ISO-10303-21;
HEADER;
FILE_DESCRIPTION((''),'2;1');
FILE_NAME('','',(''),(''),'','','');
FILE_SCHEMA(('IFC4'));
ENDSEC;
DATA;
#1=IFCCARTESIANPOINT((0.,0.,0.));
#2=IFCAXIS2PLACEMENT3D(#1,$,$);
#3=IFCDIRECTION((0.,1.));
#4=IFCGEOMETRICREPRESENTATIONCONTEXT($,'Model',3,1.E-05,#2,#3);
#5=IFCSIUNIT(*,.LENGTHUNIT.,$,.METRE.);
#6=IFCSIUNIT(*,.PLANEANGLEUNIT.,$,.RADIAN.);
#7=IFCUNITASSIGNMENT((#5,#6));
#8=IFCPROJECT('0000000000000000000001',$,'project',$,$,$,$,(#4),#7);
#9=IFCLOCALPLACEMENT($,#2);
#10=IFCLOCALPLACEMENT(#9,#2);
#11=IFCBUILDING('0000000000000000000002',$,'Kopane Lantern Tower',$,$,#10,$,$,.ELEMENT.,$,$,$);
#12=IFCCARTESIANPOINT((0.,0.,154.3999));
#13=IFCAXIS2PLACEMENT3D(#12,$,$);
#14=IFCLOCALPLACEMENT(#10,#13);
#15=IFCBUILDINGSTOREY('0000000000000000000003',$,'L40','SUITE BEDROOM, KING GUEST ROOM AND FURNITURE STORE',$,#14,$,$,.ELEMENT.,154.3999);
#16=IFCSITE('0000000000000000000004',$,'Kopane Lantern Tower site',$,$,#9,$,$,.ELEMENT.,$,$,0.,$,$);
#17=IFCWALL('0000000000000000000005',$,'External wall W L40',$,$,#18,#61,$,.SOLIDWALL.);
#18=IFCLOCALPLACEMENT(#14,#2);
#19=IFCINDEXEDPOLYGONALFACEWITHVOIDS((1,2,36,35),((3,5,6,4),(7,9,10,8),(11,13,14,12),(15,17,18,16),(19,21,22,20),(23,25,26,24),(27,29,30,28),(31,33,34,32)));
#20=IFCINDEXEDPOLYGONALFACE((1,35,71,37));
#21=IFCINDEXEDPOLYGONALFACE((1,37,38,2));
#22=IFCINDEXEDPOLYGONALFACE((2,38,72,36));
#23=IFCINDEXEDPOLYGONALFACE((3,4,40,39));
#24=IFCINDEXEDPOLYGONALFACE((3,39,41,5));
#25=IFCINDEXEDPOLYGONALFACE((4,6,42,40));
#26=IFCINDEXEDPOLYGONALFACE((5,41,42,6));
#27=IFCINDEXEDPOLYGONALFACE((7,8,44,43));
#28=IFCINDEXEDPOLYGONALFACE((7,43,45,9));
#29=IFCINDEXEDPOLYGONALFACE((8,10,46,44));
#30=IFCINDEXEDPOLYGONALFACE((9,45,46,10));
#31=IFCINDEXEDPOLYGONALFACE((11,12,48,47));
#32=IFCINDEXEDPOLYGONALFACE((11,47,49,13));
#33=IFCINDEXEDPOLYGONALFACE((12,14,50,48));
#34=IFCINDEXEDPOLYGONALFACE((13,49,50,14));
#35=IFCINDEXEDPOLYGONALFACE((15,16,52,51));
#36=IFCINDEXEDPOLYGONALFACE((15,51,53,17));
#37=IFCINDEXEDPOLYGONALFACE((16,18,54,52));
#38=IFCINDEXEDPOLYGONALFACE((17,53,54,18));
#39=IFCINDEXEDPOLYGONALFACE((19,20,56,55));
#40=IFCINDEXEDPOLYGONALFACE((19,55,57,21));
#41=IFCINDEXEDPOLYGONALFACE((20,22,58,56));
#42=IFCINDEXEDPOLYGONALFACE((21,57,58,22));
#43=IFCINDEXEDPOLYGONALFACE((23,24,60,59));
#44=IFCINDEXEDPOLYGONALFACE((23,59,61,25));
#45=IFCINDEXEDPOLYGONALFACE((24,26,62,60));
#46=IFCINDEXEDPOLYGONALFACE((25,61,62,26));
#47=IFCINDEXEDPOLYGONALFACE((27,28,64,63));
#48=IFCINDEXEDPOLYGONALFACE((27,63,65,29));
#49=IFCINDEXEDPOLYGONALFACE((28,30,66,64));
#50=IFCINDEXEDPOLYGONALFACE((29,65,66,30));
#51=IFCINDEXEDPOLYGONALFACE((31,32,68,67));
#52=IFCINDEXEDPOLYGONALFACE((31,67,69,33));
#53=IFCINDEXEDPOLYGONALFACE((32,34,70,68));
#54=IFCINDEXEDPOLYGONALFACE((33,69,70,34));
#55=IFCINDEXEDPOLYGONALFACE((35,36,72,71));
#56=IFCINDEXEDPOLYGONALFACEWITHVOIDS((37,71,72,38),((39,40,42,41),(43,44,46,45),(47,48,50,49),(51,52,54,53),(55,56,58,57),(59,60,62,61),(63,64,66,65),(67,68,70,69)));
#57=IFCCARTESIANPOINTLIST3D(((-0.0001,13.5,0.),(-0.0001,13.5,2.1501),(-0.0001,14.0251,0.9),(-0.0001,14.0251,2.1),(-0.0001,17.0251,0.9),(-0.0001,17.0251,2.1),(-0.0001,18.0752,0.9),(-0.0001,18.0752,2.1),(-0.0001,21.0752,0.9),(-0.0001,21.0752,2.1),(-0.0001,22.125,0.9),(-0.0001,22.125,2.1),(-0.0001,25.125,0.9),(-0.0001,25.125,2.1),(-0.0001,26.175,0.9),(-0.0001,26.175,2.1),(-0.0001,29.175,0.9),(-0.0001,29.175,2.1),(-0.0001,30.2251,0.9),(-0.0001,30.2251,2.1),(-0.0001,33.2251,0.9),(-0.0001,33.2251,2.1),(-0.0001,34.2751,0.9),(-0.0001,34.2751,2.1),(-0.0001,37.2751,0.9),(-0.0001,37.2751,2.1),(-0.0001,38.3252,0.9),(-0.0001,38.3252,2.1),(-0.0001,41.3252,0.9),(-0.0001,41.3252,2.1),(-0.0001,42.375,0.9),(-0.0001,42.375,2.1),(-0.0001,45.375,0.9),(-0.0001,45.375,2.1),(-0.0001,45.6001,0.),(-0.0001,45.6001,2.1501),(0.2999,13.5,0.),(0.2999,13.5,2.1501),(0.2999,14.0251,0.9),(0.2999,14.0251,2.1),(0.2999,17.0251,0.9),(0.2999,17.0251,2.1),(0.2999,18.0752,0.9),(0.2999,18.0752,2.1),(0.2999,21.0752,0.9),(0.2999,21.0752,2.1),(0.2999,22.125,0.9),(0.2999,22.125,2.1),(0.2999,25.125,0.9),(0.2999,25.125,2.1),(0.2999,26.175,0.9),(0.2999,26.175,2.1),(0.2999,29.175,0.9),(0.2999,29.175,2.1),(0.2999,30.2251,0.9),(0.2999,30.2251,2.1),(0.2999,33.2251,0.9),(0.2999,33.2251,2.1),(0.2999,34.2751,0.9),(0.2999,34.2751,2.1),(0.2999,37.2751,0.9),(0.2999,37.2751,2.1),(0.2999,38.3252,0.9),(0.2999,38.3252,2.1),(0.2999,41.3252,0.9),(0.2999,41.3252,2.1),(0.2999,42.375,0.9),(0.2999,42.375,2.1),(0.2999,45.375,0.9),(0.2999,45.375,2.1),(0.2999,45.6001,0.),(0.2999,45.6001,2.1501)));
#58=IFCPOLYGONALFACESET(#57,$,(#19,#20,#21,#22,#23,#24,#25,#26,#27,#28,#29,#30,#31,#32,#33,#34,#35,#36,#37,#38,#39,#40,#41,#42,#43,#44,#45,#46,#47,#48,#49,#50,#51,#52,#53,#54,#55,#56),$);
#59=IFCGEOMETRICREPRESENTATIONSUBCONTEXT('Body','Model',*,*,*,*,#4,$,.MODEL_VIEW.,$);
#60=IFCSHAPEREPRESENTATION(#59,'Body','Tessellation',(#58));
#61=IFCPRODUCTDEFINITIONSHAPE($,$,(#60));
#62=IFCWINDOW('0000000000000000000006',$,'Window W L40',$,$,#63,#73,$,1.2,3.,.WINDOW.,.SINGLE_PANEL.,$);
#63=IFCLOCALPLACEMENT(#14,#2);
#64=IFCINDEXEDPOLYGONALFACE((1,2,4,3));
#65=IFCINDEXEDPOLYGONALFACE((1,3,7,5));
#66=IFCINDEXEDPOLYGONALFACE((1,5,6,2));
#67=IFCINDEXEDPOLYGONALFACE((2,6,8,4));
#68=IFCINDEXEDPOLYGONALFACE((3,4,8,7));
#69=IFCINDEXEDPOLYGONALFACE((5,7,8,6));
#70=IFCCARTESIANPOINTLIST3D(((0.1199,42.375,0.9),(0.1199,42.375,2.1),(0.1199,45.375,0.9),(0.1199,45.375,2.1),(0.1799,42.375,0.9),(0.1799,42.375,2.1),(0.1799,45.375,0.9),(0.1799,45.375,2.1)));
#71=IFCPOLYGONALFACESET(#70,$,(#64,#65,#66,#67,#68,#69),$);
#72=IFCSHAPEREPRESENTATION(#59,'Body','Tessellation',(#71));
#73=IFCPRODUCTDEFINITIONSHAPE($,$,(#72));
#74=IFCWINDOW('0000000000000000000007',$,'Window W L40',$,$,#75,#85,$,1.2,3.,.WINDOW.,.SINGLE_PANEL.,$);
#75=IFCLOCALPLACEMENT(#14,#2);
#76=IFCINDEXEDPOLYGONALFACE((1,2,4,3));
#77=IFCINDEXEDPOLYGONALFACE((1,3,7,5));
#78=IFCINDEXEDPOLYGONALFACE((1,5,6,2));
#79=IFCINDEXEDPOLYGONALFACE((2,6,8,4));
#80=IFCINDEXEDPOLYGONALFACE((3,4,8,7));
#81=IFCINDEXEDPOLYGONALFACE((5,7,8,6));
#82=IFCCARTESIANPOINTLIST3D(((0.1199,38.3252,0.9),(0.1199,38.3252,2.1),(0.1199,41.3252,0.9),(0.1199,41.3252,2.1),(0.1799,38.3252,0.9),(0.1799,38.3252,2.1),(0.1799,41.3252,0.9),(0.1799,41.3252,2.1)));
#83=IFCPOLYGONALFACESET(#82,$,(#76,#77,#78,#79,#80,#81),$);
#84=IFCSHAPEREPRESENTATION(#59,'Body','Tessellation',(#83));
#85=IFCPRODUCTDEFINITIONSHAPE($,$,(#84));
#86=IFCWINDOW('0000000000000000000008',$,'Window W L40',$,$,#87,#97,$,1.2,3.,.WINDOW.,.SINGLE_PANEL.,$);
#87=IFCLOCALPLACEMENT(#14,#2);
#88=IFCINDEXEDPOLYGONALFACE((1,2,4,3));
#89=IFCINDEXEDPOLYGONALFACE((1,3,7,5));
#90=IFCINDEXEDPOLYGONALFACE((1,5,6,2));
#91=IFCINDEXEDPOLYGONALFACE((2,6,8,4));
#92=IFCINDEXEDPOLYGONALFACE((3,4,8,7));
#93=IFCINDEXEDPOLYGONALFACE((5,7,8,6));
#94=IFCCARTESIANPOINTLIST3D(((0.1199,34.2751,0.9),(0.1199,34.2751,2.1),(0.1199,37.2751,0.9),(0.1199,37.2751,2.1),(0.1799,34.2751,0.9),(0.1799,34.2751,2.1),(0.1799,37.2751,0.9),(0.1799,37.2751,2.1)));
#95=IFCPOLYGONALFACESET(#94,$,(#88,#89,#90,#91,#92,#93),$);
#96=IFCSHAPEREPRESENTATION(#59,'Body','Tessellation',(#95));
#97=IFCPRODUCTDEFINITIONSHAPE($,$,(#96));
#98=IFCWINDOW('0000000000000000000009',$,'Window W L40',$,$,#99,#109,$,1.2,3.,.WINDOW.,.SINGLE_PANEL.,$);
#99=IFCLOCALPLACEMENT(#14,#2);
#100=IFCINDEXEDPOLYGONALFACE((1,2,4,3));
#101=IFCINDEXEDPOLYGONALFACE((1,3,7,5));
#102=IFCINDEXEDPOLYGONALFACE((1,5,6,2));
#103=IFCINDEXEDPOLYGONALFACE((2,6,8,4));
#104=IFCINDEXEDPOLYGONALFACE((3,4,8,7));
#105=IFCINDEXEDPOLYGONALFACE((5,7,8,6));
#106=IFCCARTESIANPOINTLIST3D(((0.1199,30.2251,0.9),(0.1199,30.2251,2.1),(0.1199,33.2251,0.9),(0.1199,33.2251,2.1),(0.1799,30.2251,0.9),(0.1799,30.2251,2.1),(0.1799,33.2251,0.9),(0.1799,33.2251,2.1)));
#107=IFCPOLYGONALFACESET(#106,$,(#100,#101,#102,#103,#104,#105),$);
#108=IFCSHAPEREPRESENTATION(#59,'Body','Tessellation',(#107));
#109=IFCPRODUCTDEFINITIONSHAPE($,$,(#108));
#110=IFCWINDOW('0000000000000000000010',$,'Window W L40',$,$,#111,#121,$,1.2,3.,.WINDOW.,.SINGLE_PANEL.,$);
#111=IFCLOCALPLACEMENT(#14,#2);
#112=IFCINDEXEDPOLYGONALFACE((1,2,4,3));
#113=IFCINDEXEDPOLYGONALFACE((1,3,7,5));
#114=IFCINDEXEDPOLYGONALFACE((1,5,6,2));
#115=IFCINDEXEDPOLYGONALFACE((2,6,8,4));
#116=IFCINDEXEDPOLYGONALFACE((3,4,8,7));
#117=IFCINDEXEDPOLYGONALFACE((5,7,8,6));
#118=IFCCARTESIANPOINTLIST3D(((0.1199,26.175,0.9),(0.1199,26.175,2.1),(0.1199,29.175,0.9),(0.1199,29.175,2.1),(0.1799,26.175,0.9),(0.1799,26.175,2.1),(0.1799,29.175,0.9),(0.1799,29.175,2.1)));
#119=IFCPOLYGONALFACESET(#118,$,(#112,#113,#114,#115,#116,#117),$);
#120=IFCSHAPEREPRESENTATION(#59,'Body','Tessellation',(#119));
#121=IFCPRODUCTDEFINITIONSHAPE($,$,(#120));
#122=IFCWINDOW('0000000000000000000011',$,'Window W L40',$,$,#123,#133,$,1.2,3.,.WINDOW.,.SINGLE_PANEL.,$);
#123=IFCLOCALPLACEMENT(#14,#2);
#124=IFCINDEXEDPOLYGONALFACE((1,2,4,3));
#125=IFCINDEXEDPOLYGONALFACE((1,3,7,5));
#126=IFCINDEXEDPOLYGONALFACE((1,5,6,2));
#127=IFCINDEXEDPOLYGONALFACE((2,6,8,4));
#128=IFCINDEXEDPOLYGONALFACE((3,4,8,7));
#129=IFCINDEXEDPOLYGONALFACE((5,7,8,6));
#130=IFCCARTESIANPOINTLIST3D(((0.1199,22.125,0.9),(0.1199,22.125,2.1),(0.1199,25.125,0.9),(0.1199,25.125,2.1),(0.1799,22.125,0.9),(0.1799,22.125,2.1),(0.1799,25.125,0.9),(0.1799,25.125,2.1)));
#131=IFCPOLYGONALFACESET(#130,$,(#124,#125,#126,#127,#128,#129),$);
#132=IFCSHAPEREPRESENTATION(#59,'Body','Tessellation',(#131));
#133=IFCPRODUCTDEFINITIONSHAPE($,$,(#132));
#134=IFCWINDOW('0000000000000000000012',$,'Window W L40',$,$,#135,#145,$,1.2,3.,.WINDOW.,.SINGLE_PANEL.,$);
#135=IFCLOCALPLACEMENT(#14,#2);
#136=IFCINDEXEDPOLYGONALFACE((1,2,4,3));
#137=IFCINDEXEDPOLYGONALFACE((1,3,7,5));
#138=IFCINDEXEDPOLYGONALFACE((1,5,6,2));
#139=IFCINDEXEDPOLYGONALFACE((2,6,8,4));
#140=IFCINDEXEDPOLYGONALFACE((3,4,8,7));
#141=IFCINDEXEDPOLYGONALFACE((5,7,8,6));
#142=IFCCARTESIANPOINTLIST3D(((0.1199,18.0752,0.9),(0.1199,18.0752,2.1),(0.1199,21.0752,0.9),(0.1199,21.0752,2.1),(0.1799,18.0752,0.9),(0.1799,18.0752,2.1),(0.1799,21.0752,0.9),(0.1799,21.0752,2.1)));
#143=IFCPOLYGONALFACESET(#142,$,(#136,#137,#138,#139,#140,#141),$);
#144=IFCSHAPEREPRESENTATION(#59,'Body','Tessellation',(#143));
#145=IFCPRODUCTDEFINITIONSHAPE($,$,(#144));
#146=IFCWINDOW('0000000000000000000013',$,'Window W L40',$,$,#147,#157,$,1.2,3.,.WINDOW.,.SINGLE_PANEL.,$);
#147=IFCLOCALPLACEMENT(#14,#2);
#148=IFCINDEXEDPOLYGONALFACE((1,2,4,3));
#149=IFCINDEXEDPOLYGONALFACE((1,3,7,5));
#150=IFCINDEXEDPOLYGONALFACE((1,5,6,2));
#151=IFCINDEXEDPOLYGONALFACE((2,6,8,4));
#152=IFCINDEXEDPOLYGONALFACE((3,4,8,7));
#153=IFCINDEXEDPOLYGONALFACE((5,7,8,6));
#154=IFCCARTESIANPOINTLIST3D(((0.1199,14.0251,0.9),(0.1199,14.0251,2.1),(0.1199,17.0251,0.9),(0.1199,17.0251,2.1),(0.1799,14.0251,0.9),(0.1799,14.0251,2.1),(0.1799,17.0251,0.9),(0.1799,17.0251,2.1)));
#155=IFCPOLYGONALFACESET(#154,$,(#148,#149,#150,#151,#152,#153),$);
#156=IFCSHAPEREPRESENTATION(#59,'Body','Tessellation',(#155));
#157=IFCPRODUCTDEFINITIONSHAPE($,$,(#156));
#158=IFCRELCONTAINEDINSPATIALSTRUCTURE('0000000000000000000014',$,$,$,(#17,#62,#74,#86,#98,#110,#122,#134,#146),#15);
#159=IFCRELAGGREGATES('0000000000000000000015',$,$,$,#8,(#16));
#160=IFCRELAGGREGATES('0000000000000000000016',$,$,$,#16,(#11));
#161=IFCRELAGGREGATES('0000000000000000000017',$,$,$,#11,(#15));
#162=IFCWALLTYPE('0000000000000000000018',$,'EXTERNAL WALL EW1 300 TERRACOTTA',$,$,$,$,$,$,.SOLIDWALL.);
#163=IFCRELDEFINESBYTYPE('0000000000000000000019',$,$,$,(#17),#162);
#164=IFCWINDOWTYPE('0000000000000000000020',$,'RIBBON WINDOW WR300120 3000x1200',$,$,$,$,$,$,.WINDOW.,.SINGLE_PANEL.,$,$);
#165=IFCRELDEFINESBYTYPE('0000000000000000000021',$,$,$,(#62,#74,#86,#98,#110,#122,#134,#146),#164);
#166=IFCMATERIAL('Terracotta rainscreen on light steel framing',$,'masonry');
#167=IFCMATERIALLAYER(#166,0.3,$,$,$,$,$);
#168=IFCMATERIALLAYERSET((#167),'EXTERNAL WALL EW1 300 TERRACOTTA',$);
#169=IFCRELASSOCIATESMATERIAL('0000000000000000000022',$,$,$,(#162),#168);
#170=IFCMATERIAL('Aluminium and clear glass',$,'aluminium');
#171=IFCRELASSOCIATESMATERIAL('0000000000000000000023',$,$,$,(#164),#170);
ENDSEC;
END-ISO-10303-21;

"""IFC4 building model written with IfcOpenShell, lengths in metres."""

from ifc_helpers import new_model, si_unit, direction, frame, frame_2d, origin, place, context, subcontext, project, spatial, rectangle, extrude, material, layer, layer_set, type_object, element, fill, save


model = new_model("IFC4")

# Units and contexts
model_context = context("Model", 3, precision=1e-05, world=origin(), true_north=direction((0.0, 1.0)))
body_context = subcontext(model_context, "Body", "Model", "MODEL_VIEW")
ifc_project = project(units=[si_unit("LENGTHUNIT", "METRE"), si_unit("PLANEANGLEUNIT", "RADIAN")], contexts=[model_context])

# Site, building, storey
site_placement = place(None, origin())
site = spatial("IfcSite", under=ifc_project, at=site_placement, Name="Kopane Lantern Tower site", CompositionType="ELEMENT", RefElevation=0.0)
building_placement = place(site_placement, origin())
building = spatial("IfcBuilding", under=site, at=building_placement, Name="Kopane Lantern Tower", CompositionType="ELEMENT")
storey_placement = place(building_placement, frame((0.0, 0.0, 154.3999)))
storey = spatial("IfcBuildingStorey", under=building, at=storey_placement, Name="L40", Description="SUITE BEDROOM, KING GUEST ROOM AND FURNITURE STORE", CompositionType="ELEMENT", Elevation=154.3999)

# Shared definitions
ifc_material_1 = material(Name="Terracotta rainscreen on light steel framing", Category="masonry")
ifc_layer_1 = layer(ifc_material_1, 0.3)
ifc_layer_set_1 = layer_set([ifc_layer_1], Name="EXTERNAL WALL EW1 300 TERRACOTTA")
wall_type_1 = type_object("IfcWallType", Name="EXTERNAL WALL EW1 300 TERRACOTTA", PredefinedType="SOLIDWALL", material=ifc_layer_set_1)
ifc_material_2 = material(Name="Aluminium and clear glass", Category="aluminium")
window_type = type_object("IfcWindowType", Name="RIBBON WINDOW WR300120 3000x1200", PartitioningType="SINGLE_PANEL", PredefinedType="WINDOW", material=ifc_material_2)

# Wall, openings, windows
wall_1_placement = place(storey_placement, frame((0.1499, 45.6001, 0.0), z_axis=(0.0, 0.0, 1.0), x_axis=(0.0, -1.0, 0.0)))
wall_1 = element("IfcWall", 1, at=wall_1_placement, inside=storey, type_object=wall_type_1, Name="External wall W L40", PredefinedType="SOLIDWALL", context=body_context, shape_type="SweptSolid", body=[
    extrude(rectangle(XDim=32.1001, YDim=0.3, at=frame_2d((16.05, 0.0))), origin(), (0.0, 0.0, 1.0), 2.1501),
])
opening_1_placement = place(wall_1_placement, frame((0.2251, 0.0, 0.8999)))
opening_1 = element("IfcOpeningElement", 2, at=opening_1_placement, cuts=wall_1, PredefinedType="OPENING", context=body_context, shape_type="SweptSolid", body=[
    extrude(rectangle(XDim=3.0, YDim=1.2, at=frame_2d((1.5, 0.6001))), frame((0.0, 0.1599, 0.0), z_axis=(0.0, -1.0, 0.0), x_axis=(1.0, 0.0, 0.0)), (0.0, 0.0, 1.0), 0.3201),
])
opening_2_placement = place(wall_1_placement, frame((4.2749, 0.0, 0.8999)))
opening_2 = element("IfcOpeningElement", 3, at=opening_2_placement, cuts=wall_1, PredefinedType="OPENING", context=body_context, shape_type="SweptSolid", body=[
    extrude(rectangle(XDim=3.0, YDim=1.2, at=frame_2d((1.5, 0.6001))), frame((0.0, 0.1599, 0.0), z_axis=(0.0, -1.0, 0.0), x_axis=(1.0, 0.0, 0.0)), (0.0, 0.0, 1.0), 0.3201),
])
opening_3_placement = place(wall_1_placement, frame((8.325, 0.0, 0.8999)))
opening_3 = element("IfcOpeningElement", 4, at=opening_3_placement, cuts=wall_1, PredefinedType="OPENING", context=body_context, shape_type="SweptSolid", body=[
    extrude(rectangle(XDim=3.0, YDim=1.2, at=frame_2d((1.5, 0.6001))), frame((0.0, 0.1599, 0.0), z_axis=(0.0, -1.0, 0.0), x_axis=(1.0, 0.0, 0.0)), (0.0, 0.0, 1.0), 0.3201),
])
opening_4_placement = place(wall_1_placement, frame((12.375, 0.0, 0.8999)))
opening_4 = element("IfcOpeningElement", 5, at=opening_4_placement, cuts=wall_1, PredefinedType="OPENING", context=body_context, shape_type="SweptSolid", body=[
    extrude(rectangle(XDim=3.0, YDim=1.2, at=frame_2d((1.5, 0.6001))), frame((0.0, 0.1599, 0.0), z_axis=(0.0, -1.0, 0.0), x_axis=(1.0, 0.0, 0.0)), (0.0, 0.0, 1.0), 0.3201),
])
opening_5_placement = place(wall_1_placement, frame((16.425, 0.0, 0.8999)))
opening_5 = element("IfcOpeningElement", 6, at=opening_5_placement, cuts=wall_1, PredefinedType="OPENING", context=body_context, shape_type="SweptSolid", body=[
    extrude(rectangle(XDim=3.0, YDim=1.2, at=frame_2d((1.5, 0.6001))), frame((0.0, 0.1599, 0.0), z_axis=(0.0, -1.0, 0.0), x_axis=(1.0, 0.0, 0.0)), (0.0, 0.0, 1.0), 0.3201),
])
opening_6_placement = place(wall_1_placement, frame((20.4751, 0.0, 0.8999)))
opening_6 = element("IfcOpeningElement", 7, at=opening_6_placement, cuts=wall_1, PredefinedType="OPENING", context=body_context, shape_type="SweptSolid", body=[
    extrude(rectangle(XDim=3.0, YDim=1.2, at=frame_2d((1.5, 0.6001))), frame((0.0, 0.1599, 0.0), z_axis=(0.0, -1.0, 0.0), x_axis=(1.0, 0.0, 0.0)), (0.0, 0.0, 1.0), 0.3201),
])
opening_7_placement = place(wall_1_placement, frame((24.5249, 0.0, 0.8999)))
opening_7 = element("IfcOpeningElement", 8, at=opening_7_placement, cuts=wall_1, PredefinedType="OPENING", context=body_context, shape_type="SweptSolid", body=[
    extrude(rectangle(XDim=3.0, YDim=1.2, at=frame_2d((1.5, 0.6001))), frame((0.0, 0.1599, 0.0), z_axis=(0.0, -1.0, 0.0), x_axis=(1.0, 0.0, 0.0)), (0.0, 0.0, 1.0), 0.3201),
])
opening_8_placement = place(wall_1_placement, frame((28.575, 0.0, 0.8999)))
opening_8 = element("IfcOpeningElement", 9, at=opening_8_placement, cuts=wall_1, PredefinedType="OPENING", context=body_context, shape_type="SweptSolid", body=[
    extrude(rectangle(XDim=3.0, YDim=1.2, at=frame_2d((1.5, 0.6001))), frame((0.0, 0.1599, 0.0), z_axis=(0.0, -1.0, 0.0), x_axis=(1.0, 0.0, 0.0)), (0.0, 0.0, 1.0), 0.3201),
])
window_1_placement = place(opening_1_placement, origin())
window_1 = element("IfcWindow", 10, at=window_1_placement, inside=storey, type_object=window_type, Name="Window W L40", OverallHeight=1.2, OverallWidth=3.0, PartitioningType="SINGLE_PANEL", PredefinedType="WINDOW", context=body_context, shape_type="SweptSolid", body=[
    extrude(rectangle(XDim=3.0, YDim=1.2, at=frame_2d((1.5, 0.6001))), frame((0.0, 0.03, 0.0), z_axis=(0.0, -1.0, 0.0), x_axis=(1.0, 0.0, 0.0)), (0.0, 0.0, 1.0), 0.0601),
])
fill(opening_1, window_1)
window_2_placement = place(opening_2_placement, origin())
window_2 = element("IfcWindow", 11, at=window_2_placement, inside=storey, type_object=window_type, Name="Window W L40", OverallHeight=1.2, OverallWidth=3.0, PartitioningType="SINGLE_PANEL", PredefinedType="WINDOW", context=body_context, shape_type="SweptSolid", body=[
    extrude(rectangle(XDim=3.0, YDim=1.2, at=frame_2d((1.5, 0.6001))), frame((0.0, 0.03, 0.0), z_axis=(0.0, -1.0, 0.0), x_axis=(1.0, 0.0, 0.0)), (0.0, 0.0, 1.0), 0.0601),
])
fill(opening_2, window_2)
window_3_placement = place(opening_3_placement, origin())
window_3 = element("IfcWindow", 12, at=window_3_placement, inside=storey, type_object=window_type, Name="Window W L40", OverallHeight=1.2, OverallWidth=3.0, PartitioningType="SINGLE_PANEL", PredefinedType="WINDOW", context=body_context, shape_type="SweptSolid", body=[
    extrude(rectangle(XDim=3.0, YDim=1.2, at=frame_2d((1.5, 0.6001))), frame((0.0, 0.03, 0.0), z_axis=(0.0, -1.0, 0.0), x_axis=(1.0, 0.0, 0.0)), (0.0, 0.0, 1.0), 0.0601),
])
fill(opening_3, window_3)
window_4_placement = place(opening_4_placement, origin())
window_4 = element("IfcWindow", 13, at=window_4_placement, inside=storey, type_object=window_type, Name="Window W L40", OverallHeight=1.2, OverallWidth=3.0, PartitioningType="SINGLE_PANEL", PredefinedType="WINDOW", context=body_context, shape_type="SweptSolid", body=[
    extrude(rectangle(XDim=3.0, YDim=1.2, at=frame_2d((1.5, 0.6001))), frame((0.0, 0.03, 0.0), z_axis=(0.0, -1.0, 0.0), x_axis=(1.0, 0.0, 0.0)), (0.0, 0.0, 1.0), 0.0601),
])
fill(opening_4, window_4)
window_5_placement = place(opening_5_placement, origin())
window_5 = element("IfcWindow", 14, at=window_5_placement, inside=storey, type_object=window_type, Name="Window W L40", OverallHeight=1.2, OverallWidth=3.0, PartitioningType="SINGLE_PANEL", PredefinedType="WINDOW", context=body_context, shape_type="SweptSolid", body=[
    extrude(rectangle(XDim=3.0, YDim=1.2, at=frame_2d((1.5, 0.6001))), frame((0.0, 0.03, 0.0), z_axis=(0.0, -1.0, 0.0), x_axis=(1.0, 0.0, 0.0)), (0.0, 0.0, 1.0), 0.0601),
])
fill(opening_5, window_5)
window_6_placement = place(opening_6_placement, origin())
window_6 = element("IfcWindow", 15, at=window_6_placement, inside=storey, type_object=window_type, Name="Window W L40", OverallHeight=1.2, OverallWidth=3.0, PartitioningType="SINGLE_PANEL", PredefinedType="WINDOW", context=body_context, shape_type="SweptSolid", body=[
    extrude(rectangle(XDim=3.0, YDim=1.2, at=frame_2d((1.5, 0.6001))), frame((0.0, 0.03, 0.0), z_axis=(0.0, -1.0, 0.0), x_axis=(1.0, 0.0, 0.0)), (0.0, 0.0, 1.0), 0.0601),
])
fill(opening_6, window_6)
window_7_placement = place(opening_7_placement, origin())
window_7 = element("IfcWindow", 16, at=window_7_placement, inside=storey, type_object=window_type, Name="Window W L40", OverallHeight=1.2, OverallWidth=3.0, PartitioningType="SINGLE_PANEL", PredefinedType="WINDOW", context=body_context, shape_type="SweptSolid", body=[
    extrude(rectangle(XDim=3.0, YDim=1.2, at=frame_2d((1.5, 0.6001))), frame((0.0, 0.03, 0.0), z_axis=(0.0, -1.0, 0.0), x_axis=(1.0, 0.0, 0.0)), (0.0, 0.0, 1.0), 0.0601),
])
fill(opening_7, window_7)
window_8_placement = place(opening_8_placement, origin())
window_8 = element("IfcWindow", 17, at=window_8_placement, inside=storey, type_object=window_type, Name="Window W L40", OverallHeight=1.2, OverallWidth=3.0, PartitioningType="SINGLE_PANEL", PredefinedType="WINDOW", context=body_context, shape_type="SweptSolid", body=[
    extrude(rectangle(XDim=3.0, YDim=1.2, at=frame_2d((1.5, 0.6001))), frame((0.0, 0.03, 0.0), z_axis=(0.0, -1.0, 0.0), x_axis=(1.0, 0.0, 0.0)), (0.0, 0.0, 1.0), 0.0601),
])
fill(opening_8, window_8)

save(model, "model.ifc")
